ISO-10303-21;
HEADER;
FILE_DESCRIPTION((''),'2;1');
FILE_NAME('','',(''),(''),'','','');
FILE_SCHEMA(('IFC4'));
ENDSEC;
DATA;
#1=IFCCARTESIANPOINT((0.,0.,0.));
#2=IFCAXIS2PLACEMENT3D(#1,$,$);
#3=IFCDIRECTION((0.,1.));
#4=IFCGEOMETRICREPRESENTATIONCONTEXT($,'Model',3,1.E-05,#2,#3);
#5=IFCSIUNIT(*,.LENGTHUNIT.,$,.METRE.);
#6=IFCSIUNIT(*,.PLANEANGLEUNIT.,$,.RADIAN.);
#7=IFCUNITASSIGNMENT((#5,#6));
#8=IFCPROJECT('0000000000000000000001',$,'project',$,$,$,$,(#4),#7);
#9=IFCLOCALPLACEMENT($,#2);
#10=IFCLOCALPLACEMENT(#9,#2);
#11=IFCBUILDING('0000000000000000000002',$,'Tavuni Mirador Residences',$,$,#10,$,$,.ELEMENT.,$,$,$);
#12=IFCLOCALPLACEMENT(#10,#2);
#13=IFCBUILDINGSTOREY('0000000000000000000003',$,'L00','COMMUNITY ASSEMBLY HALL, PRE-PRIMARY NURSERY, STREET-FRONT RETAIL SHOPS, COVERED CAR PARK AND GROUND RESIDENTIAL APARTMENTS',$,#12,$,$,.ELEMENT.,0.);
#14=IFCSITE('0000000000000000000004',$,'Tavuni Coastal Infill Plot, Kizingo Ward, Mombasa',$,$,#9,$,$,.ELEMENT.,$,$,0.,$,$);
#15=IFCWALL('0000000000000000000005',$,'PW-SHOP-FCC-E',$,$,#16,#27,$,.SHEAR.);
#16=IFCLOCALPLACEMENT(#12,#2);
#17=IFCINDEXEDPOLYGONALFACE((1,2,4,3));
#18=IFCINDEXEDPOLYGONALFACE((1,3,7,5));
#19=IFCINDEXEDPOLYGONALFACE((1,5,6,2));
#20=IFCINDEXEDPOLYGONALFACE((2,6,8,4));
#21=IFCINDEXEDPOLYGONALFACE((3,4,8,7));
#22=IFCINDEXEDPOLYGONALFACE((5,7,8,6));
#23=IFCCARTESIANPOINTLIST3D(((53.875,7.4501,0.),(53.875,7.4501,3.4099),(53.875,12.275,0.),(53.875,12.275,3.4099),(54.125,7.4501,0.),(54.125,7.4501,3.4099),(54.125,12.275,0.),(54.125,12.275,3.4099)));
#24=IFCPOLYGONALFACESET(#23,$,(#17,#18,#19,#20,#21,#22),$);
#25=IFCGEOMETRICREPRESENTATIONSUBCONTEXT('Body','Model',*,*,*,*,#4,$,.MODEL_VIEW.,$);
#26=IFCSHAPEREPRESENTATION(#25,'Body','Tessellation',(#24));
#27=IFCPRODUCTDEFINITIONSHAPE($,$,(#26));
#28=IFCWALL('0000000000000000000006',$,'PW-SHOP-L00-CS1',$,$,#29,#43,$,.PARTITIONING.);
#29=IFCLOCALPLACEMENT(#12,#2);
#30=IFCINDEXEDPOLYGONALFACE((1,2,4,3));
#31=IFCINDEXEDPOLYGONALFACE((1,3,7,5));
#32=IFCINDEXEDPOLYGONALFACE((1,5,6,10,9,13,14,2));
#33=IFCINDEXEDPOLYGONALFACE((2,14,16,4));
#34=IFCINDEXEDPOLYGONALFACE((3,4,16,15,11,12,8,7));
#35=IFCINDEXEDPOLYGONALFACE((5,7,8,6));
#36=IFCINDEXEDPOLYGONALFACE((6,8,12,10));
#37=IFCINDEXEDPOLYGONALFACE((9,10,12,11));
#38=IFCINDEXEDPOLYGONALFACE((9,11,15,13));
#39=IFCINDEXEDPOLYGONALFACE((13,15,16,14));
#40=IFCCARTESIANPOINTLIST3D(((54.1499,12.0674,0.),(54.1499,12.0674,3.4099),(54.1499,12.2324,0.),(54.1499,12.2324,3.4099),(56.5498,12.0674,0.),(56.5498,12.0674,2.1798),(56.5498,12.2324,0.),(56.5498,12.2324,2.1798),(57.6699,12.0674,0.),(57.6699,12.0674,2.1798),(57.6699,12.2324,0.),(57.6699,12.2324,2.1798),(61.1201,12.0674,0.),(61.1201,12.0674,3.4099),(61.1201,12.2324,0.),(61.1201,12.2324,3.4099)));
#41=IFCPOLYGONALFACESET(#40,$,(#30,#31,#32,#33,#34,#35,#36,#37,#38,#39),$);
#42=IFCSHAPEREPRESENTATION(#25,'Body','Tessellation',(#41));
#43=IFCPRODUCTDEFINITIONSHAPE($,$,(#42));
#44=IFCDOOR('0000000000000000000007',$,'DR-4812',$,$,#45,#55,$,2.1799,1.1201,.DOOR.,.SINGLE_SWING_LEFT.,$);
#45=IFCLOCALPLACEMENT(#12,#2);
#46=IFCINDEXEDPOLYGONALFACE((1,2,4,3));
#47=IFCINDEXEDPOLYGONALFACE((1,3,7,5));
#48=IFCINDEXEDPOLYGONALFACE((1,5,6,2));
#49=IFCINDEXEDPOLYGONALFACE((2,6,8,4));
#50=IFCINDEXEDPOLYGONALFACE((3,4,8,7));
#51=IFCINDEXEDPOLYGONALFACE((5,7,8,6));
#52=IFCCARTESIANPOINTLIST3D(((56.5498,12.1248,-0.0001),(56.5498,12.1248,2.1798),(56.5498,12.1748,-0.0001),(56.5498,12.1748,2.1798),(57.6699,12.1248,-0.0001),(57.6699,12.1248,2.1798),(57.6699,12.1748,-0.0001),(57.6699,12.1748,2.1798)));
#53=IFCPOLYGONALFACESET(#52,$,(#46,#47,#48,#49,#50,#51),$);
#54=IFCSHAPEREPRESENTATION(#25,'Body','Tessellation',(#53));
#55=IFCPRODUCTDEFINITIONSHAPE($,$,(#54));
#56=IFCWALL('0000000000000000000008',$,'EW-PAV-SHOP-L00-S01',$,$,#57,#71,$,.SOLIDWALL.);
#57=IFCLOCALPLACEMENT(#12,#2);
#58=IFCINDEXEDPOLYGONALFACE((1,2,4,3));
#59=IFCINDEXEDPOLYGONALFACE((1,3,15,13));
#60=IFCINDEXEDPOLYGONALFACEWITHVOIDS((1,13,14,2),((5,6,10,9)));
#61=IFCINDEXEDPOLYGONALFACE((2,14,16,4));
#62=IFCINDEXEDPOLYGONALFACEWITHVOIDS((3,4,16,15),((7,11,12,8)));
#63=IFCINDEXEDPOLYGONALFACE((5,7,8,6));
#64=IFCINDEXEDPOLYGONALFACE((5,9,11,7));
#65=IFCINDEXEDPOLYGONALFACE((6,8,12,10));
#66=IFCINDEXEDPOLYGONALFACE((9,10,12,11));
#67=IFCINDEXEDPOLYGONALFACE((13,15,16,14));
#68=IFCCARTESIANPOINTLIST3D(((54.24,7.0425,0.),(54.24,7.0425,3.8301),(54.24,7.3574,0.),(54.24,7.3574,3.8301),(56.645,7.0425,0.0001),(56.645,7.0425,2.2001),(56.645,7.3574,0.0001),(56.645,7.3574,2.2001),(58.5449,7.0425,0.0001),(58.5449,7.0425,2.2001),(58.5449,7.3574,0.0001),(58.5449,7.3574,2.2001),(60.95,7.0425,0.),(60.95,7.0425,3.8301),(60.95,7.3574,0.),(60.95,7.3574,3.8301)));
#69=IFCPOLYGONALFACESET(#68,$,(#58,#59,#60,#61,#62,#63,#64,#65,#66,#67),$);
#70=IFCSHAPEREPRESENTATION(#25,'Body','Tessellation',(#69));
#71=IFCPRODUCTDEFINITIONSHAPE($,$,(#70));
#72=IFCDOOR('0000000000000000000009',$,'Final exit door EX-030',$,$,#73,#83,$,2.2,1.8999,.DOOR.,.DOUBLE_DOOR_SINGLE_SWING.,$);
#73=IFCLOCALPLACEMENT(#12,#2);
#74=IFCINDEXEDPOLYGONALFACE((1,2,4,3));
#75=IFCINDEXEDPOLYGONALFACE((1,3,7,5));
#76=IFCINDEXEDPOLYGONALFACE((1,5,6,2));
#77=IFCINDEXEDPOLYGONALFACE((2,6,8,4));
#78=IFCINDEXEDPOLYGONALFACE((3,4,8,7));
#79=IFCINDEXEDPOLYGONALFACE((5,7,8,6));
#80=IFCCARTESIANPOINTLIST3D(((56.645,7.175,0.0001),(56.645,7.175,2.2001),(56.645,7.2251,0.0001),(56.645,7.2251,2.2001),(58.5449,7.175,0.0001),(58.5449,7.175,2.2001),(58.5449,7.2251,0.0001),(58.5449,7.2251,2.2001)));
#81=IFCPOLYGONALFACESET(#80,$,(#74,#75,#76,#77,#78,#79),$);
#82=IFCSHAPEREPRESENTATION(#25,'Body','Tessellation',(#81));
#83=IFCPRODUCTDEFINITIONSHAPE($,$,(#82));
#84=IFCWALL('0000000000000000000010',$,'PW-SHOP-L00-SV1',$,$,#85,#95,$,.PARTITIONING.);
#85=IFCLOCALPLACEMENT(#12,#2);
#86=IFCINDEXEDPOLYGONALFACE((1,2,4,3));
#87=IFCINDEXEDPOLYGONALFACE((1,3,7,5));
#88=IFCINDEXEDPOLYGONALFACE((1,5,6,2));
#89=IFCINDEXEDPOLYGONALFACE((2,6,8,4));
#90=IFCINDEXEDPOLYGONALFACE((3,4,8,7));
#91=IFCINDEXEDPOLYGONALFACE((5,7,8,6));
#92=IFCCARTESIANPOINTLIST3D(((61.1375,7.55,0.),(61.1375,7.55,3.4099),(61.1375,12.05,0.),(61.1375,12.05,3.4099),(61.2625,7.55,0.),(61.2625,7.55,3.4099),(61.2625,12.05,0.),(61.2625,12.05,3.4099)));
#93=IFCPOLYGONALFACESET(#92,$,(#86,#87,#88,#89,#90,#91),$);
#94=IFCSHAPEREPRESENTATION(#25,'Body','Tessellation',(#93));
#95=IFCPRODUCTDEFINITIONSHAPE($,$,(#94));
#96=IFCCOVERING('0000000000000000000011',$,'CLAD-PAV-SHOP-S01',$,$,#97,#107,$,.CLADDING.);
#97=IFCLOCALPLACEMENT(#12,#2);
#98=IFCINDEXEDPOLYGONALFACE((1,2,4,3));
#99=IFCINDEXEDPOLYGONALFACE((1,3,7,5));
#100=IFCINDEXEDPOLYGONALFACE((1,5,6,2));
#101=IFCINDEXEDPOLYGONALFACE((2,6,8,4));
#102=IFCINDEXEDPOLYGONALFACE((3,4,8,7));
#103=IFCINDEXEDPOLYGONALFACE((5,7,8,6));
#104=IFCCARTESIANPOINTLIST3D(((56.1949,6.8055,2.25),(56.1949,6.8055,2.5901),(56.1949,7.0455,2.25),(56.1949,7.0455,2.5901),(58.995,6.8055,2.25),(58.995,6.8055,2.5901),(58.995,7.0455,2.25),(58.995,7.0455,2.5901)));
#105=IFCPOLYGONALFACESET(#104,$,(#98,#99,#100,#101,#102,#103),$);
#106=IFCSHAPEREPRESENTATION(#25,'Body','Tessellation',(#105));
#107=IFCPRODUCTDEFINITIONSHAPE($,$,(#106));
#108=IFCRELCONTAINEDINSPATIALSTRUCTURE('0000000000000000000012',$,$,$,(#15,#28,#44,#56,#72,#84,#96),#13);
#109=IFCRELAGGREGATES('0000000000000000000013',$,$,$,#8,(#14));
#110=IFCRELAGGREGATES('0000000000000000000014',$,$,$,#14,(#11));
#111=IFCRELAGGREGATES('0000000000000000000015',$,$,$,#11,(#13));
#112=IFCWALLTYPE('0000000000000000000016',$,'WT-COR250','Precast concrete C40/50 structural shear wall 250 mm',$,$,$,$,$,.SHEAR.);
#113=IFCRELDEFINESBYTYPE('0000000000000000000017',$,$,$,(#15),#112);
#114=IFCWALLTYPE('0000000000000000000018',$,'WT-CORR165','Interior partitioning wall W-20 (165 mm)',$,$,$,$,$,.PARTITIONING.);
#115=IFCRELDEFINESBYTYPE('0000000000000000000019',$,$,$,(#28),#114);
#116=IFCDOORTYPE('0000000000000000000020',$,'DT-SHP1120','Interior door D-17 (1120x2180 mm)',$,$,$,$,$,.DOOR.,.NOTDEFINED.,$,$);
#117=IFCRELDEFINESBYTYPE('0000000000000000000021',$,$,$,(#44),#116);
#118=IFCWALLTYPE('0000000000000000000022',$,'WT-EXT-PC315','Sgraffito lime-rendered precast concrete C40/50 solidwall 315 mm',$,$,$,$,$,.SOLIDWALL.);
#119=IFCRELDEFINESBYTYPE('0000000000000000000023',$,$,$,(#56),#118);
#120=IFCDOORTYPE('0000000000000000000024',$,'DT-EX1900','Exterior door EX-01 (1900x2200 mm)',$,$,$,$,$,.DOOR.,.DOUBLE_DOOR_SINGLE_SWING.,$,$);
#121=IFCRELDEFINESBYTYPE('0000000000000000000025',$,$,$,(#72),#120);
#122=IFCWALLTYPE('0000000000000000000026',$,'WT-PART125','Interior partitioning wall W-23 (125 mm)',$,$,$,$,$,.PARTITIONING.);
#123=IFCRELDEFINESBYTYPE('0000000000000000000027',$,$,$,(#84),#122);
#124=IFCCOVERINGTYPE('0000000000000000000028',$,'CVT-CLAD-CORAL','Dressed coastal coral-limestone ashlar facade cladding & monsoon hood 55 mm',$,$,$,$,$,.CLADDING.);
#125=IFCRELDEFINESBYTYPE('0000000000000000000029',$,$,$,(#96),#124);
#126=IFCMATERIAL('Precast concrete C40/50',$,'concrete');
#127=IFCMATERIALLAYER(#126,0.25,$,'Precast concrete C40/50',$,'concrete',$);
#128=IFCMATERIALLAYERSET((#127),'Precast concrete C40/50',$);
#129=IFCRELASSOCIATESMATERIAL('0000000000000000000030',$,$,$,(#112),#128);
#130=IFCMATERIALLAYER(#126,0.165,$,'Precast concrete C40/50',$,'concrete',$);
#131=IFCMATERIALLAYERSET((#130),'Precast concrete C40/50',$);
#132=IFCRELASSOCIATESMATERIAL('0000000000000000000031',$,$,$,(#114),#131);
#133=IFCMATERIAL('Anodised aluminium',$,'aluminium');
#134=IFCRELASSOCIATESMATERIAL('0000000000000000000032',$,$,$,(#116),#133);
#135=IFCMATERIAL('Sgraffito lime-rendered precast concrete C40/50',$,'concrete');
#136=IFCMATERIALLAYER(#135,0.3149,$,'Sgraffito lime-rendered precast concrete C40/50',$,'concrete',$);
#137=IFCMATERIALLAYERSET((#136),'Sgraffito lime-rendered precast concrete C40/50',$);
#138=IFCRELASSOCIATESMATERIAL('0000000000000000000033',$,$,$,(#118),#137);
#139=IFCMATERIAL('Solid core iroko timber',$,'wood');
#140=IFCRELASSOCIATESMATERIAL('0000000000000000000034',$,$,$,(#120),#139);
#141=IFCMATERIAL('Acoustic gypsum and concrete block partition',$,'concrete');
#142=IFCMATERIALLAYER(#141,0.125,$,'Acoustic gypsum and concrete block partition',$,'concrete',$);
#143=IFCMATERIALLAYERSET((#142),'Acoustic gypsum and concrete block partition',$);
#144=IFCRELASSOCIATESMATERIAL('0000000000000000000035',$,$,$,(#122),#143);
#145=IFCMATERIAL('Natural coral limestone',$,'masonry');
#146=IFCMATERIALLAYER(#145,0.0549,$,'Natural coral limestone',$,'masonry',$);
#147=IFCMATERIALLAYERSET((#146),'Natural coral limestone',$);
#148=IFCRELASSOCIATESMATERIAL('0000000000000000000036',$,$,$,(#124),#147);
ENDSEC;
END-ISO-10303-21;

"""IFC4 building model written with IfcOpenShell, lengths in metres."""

from ifc_helpers import new_model, si_unit, direction, frame, frame_2d, origin, origin_2d, place, context, subcontext, project, spatial, rectangle, extrude, material, layer, layer_set, type_object, element, fill, save


model = new_model("IFC4")

# Units and contexts
model_context = context("Model", 3, precision=1e-05, world=origin(), true_north=direction((0.0, 1.0)))
body_context = subcontext(model_context, "Body", "Model", "MODEL_VIEW")
ifc_project = project(units=[si_unit("LENGTHUNIT", "METRE"), si_unit("PLANEANGLEUNIT", "RADIAN")], contexts=[model_context])

# Site, building, storey
site_placement = place(None, origin())
site = spatial("IfcSite", under=ifc_project, at=site_placement, Name="Tavuni Coastal Infill Plot, Kizingo Ward, Mombasa", CompositionType="ELEMENT", RefElevation=0.0)
building_placement = place(site_placement, origin())
building = spatial("IfcBuilding", under=site, at=building_placement, Name="Tavuni Mirador Residences", CompositionType="ELEMENT")
storey_placement = place(building_placement, origin())
storey = spatial("IfcBuildingStorey", under=building, at=storey_placement, Name="L00", Description="COMMUNITY ASSEMBLY HALL, PRE-PRIMARY NURSERY, STREET-FRONT RETAIL SHOPS, COVERED CAR PARK AND GROUND RESIDENTIAL APARTMENTS", CompositionType="ELEMENT", Elevation=0.0)

# Shared definitions
ifc_material_1 = material(Name="Precast concrete C40/50", Category="concrete")

# Wall
ifc_layer_1 = layer(ifc_material_1, 0.25, Name="Precast concrete C40/50", Category="concrete")
ifc_layer_set_1 = layer_set([ifc_layer_1], Name="Precast concrete C40/50")
wall_type_1 = type_object("IfcWallType", Name="WT-COR250", Description="Precast concrete C40/50 structural shear wall 250 mm", PredefinedType="SHEAR", material=ifc_layer_set_1)
wall_1_placement = place(storey_placement, frame((54.0, 7.45, 0.0), z_axis=(0.0, 0.0, 1.0), x_axis=(0.0, 1.0, 0.0)))
element("IfcWall", 1, at=wall_1_placement, inside=storey, type_object=wall_type_1, Name="PW-SHOP-FCC-E", PredefinedType="SHEAR", context=body_context, shape_type="SweptSolid", body=[
    extrude(rectangle(XDim=4.825, YDim=0.25, at=frame_2d((2.4126, 0.0))), origin(), (0.0, 0.0, 1.0), 3.4099),
])

# Walls, openings, doors
ifc_layer_2 = layer(ifc_material_1, 0.165, Name="Precast concrete C40/50", Category="concrete")
ifc_layer_set_2 = layer_set([ifc_layer_2], Name="Precast concrete C40/50")
wall_type_2 = type_object("IfcWallType", Name="WT-CORR165", Description="Interior partitioning wall W-20 (165 mm)", PredefinedType="PARTITIONING", material=ifc_layer_set_2)
wall_2_placement = place(storey_placement, frame((54.1499, 12.1499, 0.0), z_axis=(0.0, 0.0, 1.0), x_axis=(1.0, 0.0, 0.0)))
wall_2 = element("IfcWall", 2, at=wall_2_placement, inside=storey, type_object=wall_type_2, Name="PW-SHOP-L00-CS1", PredefinedType="PARTITIONING", context=body_context, shape_type="SweptSolid", body=[
    extrude(rectangle(XDim=6.9702, YDim=0.165, at=frame_2d((3.4851, 0.0))), origin(), (0.0, 0.0, 1.0), 3.4099),
])
opening_1_placement = place(wall_2_placement, frame((2.3999, 0.0, 0.0)))
opening_1 = element("IfcOpeningElement", 3, at=opening_1_placement, cuts=wall_2, PredefinedType="OPENING", context=body_context, shape_type="SweptSolid", body=[
    extrude(rectangle(XDim=1.1201, YDim=2.1799, at=frame_2d((0.5601, 1.0898))), frame((0.0, 0.0925, 0.0), z_axis=(0.0, -1.0, 0.0), x_axis=(1.0, 0.0, 0.0)), (0.0, 0.0, 1.0), 0.1851),
])
ifc_material_2 = material(Name="Anodised aluminium", Category="aluminium")
door_type_1 = type_object("IfcDoorType", Name="DT-SHP1120", Description="Interior door D-17 (1120x2180 mm)", OperationType="NOTDEFINED", PredefinedType="DOOR", material=ifc_material_2)
door_1_placement = place(opening_1_placement, origin())
door_1 = element("IfcDoor", 4, at=door_1_placement, inside=storey, type_object=door_type_1, Name="DR-4812", OperationType="SINGLE_SWING_LEFT", OverallHeight=2.1799, OverallWidth=1.1201, PredefinedType="DOOR", context=body_context, shape_type="SweptSolid", body=[
    extrude(rectangle(XDim=1.1201, YDim=2.1799, at=frame_2d((0.5601, 1.0898))), frame((0.0, 0.0249, 0.0), z_axis=(0.0, -1.0, 0.0), x_axis=(1.0, 0.0, 0.0)), (0.0, 0.0, 1.0), 0.05),
])
fill(opening_1, door_1)
ifc_material_3 = material(Name="Sgraffito lime-rendered precast concrete C40/50", Category="concrete")
ifc_layer_3 = layer(ifc_material_3, 0.3149, Name="Sgraffito lime-rendered precast concrete C40/50", Category="concrete")
ifc_layer_set_3 = layer_set([ifc_layer_3], Name="Sgraffito lime-rendered precast concrete C40/50")
wall_type_3 = type_object("IfcWallType", Name="WT-EXT-PC315", Description="Sgraffito lime-rendered precast concrete C40/50 solidwall 315 mm", PredefinedType="SOLIDWALL", material=ifc_layer_set_3)
wall_3_placement = place(storey_placement, frame((54.24, 7.2, 0.0), z_axis=(0.0, 0.0, 1.0), x_axis=(1.0, 0.0, 0.0)))
wall_3 = element("IfcWall", 5, at=wall_3_placement, inside=storey, type_object=wall_type_3, Name="EW-PAV-SHOP-L00-S01", PredefinedType="SOLIDWALL", context=body_context, shape_type="SweptSolid", body=[
    extrude(rectangle(XDim=6.71, YDim=0.3149, at=frame_2d((3.355, 0.0))), origin(), (0.0, 0.0, 1.0), 3.8301),
])
opening_2_placement = place(wall_3_placement, frame((2.405, 0.0, 0.0)))
opening_2 = element("IfcOpeningElement", 6, at=opening_2_placement, cuts=wall_3, PredefinedType="OPENING", context=body_context, shape_type="SweptSolid", body=[
    extrude(rectangle(XDim=1.8999, YDim=2.2, at=frame_2d((0.95, 1.1001))), frame((0.0, 0.1675, 0.0), z_axis=(0.0, -1.0, 0.0), x_axis=(1.0, 0.0, 0.0)), (0.0, 0.0, 1.0), 0.335),
])
ifc_material_4 = material(Name="Solid core iroko timber", Category="wood")
door_type_2 = type_object("IfcDoorType", Name="DT-EX1900", Description="Exterior door EX-01 (1900x2200 mm)", OperationType="DOUBLE_DOOR_SINGLE_SWING", PredefinedType="DOOR", material=ifc_material_4)
door_2_placement = place(opening_2_placement, frame((1.8999, 0.0, 0.0), z_axis=(0.0, 0.0, 1.0), x_axis=(-1.0, 0.0, 0.0)))
door_2 = element("IfcDoor", 7, at=door_2_placement, inside=storey, type_object=door_type_2, Name="Final exit door EX-030", OperationType="DOUBLE_DOOR_SINGLE_SWING", OverallHeight=2.2, OverallWidth=1.8999, PredefinedType="DOOR", context=body_context, shape_type="SweptSolid", body=[
    extrude(rectangle(XDim=1.8999, YDim=2.2, at=frame_2d((0.95, 1.1001))), frame((0.0, 0.0249, 0.0), z_axis=(0.0, -1.0, 0.0), x_axis=(1.0, 0.0, 0.0)), (0.0, 0.0, 1.0), 0.05),
])
fill(opening_2, door_2)

# Wall
ifc_material_5 = material(Name="Acoustic gypsum and concrete block partition", Category="concrete")
ifc_layer_4 = layer(ifc_material_5, 0.125, Name="Acoustic gypsum and concrete block partition", Category="concrete")
ifc_layer_set_4 = layer_set([ifc_layer_4], Name="Acoustic gypsum and concrete block partition")
wall_type_4 = type_object("IfcWallType", Name="WT-PART125", Description="Interior partitioning wall W-23 (125 mm)", PredefinedType="PARTITIONING", material=ifc_layer_set_4)
wall_4_placement = place(storey_placement, frame((61.2, 7.55, 0.0), z_axis=(0.0, 0.0, 1.0), x_axis=(0.0, 1.0, 0.0)))
element("IfcWall", 8, at=wall_4_placement, inside=storey, type_object=wall_type_4, Name="PW-SHOP-L00-SV1", PredefinedType="PARTITIONING", context=body_context, shape_type="SweptSolid", body=[
    extrude(rectangle(XDim=4.5, YDim=0.125, at=frame_2d((2.25, 0.0))), origin(), (0.0, 0.0, 1.0), 3.4099),
])

# Covering
ifc_material_6 = material(Name="Natural coral limestone", Category="masonry")
ifc_layer_5 = layer(ifc_material_6, 0.0549, Name="Natural coral limestone", Category="masonry")
ifc_layer_set_5 = layer_set([ifc_layer_5], Name="Natural coral limestone")
covering_type = type_object("IfcCoveringType", Name="CVT-CLAD-CORAL", Description="Dressed coastal coral-limestone ashlar facade cladding & monsoon hood 55 mm", PredefinedType="CLADDING", material=ifc_layer_set_5)
covering_placement = place(storey_placement, frame((57.595, 6.9255, 2.25), z_axis=(0.0, 0.0, 1.0), x_axis=(1.0, 0.0, 0.0)))
element("IfcCovering", 9, at=covering_placement, inside=storey, type_object=covering_type, Name="CLAD-PAV-SHOP-S01", PredefinedType="CLADDING", context=body_context, shape_type="SweptSolid", body=[
    extrude(rectangle(XDim=2.8, YDim=0.24, at=origin_2d()), origin(), (0.0, 0.0, 1.0), 0.3401),
])

save(model, "model.ifc")
